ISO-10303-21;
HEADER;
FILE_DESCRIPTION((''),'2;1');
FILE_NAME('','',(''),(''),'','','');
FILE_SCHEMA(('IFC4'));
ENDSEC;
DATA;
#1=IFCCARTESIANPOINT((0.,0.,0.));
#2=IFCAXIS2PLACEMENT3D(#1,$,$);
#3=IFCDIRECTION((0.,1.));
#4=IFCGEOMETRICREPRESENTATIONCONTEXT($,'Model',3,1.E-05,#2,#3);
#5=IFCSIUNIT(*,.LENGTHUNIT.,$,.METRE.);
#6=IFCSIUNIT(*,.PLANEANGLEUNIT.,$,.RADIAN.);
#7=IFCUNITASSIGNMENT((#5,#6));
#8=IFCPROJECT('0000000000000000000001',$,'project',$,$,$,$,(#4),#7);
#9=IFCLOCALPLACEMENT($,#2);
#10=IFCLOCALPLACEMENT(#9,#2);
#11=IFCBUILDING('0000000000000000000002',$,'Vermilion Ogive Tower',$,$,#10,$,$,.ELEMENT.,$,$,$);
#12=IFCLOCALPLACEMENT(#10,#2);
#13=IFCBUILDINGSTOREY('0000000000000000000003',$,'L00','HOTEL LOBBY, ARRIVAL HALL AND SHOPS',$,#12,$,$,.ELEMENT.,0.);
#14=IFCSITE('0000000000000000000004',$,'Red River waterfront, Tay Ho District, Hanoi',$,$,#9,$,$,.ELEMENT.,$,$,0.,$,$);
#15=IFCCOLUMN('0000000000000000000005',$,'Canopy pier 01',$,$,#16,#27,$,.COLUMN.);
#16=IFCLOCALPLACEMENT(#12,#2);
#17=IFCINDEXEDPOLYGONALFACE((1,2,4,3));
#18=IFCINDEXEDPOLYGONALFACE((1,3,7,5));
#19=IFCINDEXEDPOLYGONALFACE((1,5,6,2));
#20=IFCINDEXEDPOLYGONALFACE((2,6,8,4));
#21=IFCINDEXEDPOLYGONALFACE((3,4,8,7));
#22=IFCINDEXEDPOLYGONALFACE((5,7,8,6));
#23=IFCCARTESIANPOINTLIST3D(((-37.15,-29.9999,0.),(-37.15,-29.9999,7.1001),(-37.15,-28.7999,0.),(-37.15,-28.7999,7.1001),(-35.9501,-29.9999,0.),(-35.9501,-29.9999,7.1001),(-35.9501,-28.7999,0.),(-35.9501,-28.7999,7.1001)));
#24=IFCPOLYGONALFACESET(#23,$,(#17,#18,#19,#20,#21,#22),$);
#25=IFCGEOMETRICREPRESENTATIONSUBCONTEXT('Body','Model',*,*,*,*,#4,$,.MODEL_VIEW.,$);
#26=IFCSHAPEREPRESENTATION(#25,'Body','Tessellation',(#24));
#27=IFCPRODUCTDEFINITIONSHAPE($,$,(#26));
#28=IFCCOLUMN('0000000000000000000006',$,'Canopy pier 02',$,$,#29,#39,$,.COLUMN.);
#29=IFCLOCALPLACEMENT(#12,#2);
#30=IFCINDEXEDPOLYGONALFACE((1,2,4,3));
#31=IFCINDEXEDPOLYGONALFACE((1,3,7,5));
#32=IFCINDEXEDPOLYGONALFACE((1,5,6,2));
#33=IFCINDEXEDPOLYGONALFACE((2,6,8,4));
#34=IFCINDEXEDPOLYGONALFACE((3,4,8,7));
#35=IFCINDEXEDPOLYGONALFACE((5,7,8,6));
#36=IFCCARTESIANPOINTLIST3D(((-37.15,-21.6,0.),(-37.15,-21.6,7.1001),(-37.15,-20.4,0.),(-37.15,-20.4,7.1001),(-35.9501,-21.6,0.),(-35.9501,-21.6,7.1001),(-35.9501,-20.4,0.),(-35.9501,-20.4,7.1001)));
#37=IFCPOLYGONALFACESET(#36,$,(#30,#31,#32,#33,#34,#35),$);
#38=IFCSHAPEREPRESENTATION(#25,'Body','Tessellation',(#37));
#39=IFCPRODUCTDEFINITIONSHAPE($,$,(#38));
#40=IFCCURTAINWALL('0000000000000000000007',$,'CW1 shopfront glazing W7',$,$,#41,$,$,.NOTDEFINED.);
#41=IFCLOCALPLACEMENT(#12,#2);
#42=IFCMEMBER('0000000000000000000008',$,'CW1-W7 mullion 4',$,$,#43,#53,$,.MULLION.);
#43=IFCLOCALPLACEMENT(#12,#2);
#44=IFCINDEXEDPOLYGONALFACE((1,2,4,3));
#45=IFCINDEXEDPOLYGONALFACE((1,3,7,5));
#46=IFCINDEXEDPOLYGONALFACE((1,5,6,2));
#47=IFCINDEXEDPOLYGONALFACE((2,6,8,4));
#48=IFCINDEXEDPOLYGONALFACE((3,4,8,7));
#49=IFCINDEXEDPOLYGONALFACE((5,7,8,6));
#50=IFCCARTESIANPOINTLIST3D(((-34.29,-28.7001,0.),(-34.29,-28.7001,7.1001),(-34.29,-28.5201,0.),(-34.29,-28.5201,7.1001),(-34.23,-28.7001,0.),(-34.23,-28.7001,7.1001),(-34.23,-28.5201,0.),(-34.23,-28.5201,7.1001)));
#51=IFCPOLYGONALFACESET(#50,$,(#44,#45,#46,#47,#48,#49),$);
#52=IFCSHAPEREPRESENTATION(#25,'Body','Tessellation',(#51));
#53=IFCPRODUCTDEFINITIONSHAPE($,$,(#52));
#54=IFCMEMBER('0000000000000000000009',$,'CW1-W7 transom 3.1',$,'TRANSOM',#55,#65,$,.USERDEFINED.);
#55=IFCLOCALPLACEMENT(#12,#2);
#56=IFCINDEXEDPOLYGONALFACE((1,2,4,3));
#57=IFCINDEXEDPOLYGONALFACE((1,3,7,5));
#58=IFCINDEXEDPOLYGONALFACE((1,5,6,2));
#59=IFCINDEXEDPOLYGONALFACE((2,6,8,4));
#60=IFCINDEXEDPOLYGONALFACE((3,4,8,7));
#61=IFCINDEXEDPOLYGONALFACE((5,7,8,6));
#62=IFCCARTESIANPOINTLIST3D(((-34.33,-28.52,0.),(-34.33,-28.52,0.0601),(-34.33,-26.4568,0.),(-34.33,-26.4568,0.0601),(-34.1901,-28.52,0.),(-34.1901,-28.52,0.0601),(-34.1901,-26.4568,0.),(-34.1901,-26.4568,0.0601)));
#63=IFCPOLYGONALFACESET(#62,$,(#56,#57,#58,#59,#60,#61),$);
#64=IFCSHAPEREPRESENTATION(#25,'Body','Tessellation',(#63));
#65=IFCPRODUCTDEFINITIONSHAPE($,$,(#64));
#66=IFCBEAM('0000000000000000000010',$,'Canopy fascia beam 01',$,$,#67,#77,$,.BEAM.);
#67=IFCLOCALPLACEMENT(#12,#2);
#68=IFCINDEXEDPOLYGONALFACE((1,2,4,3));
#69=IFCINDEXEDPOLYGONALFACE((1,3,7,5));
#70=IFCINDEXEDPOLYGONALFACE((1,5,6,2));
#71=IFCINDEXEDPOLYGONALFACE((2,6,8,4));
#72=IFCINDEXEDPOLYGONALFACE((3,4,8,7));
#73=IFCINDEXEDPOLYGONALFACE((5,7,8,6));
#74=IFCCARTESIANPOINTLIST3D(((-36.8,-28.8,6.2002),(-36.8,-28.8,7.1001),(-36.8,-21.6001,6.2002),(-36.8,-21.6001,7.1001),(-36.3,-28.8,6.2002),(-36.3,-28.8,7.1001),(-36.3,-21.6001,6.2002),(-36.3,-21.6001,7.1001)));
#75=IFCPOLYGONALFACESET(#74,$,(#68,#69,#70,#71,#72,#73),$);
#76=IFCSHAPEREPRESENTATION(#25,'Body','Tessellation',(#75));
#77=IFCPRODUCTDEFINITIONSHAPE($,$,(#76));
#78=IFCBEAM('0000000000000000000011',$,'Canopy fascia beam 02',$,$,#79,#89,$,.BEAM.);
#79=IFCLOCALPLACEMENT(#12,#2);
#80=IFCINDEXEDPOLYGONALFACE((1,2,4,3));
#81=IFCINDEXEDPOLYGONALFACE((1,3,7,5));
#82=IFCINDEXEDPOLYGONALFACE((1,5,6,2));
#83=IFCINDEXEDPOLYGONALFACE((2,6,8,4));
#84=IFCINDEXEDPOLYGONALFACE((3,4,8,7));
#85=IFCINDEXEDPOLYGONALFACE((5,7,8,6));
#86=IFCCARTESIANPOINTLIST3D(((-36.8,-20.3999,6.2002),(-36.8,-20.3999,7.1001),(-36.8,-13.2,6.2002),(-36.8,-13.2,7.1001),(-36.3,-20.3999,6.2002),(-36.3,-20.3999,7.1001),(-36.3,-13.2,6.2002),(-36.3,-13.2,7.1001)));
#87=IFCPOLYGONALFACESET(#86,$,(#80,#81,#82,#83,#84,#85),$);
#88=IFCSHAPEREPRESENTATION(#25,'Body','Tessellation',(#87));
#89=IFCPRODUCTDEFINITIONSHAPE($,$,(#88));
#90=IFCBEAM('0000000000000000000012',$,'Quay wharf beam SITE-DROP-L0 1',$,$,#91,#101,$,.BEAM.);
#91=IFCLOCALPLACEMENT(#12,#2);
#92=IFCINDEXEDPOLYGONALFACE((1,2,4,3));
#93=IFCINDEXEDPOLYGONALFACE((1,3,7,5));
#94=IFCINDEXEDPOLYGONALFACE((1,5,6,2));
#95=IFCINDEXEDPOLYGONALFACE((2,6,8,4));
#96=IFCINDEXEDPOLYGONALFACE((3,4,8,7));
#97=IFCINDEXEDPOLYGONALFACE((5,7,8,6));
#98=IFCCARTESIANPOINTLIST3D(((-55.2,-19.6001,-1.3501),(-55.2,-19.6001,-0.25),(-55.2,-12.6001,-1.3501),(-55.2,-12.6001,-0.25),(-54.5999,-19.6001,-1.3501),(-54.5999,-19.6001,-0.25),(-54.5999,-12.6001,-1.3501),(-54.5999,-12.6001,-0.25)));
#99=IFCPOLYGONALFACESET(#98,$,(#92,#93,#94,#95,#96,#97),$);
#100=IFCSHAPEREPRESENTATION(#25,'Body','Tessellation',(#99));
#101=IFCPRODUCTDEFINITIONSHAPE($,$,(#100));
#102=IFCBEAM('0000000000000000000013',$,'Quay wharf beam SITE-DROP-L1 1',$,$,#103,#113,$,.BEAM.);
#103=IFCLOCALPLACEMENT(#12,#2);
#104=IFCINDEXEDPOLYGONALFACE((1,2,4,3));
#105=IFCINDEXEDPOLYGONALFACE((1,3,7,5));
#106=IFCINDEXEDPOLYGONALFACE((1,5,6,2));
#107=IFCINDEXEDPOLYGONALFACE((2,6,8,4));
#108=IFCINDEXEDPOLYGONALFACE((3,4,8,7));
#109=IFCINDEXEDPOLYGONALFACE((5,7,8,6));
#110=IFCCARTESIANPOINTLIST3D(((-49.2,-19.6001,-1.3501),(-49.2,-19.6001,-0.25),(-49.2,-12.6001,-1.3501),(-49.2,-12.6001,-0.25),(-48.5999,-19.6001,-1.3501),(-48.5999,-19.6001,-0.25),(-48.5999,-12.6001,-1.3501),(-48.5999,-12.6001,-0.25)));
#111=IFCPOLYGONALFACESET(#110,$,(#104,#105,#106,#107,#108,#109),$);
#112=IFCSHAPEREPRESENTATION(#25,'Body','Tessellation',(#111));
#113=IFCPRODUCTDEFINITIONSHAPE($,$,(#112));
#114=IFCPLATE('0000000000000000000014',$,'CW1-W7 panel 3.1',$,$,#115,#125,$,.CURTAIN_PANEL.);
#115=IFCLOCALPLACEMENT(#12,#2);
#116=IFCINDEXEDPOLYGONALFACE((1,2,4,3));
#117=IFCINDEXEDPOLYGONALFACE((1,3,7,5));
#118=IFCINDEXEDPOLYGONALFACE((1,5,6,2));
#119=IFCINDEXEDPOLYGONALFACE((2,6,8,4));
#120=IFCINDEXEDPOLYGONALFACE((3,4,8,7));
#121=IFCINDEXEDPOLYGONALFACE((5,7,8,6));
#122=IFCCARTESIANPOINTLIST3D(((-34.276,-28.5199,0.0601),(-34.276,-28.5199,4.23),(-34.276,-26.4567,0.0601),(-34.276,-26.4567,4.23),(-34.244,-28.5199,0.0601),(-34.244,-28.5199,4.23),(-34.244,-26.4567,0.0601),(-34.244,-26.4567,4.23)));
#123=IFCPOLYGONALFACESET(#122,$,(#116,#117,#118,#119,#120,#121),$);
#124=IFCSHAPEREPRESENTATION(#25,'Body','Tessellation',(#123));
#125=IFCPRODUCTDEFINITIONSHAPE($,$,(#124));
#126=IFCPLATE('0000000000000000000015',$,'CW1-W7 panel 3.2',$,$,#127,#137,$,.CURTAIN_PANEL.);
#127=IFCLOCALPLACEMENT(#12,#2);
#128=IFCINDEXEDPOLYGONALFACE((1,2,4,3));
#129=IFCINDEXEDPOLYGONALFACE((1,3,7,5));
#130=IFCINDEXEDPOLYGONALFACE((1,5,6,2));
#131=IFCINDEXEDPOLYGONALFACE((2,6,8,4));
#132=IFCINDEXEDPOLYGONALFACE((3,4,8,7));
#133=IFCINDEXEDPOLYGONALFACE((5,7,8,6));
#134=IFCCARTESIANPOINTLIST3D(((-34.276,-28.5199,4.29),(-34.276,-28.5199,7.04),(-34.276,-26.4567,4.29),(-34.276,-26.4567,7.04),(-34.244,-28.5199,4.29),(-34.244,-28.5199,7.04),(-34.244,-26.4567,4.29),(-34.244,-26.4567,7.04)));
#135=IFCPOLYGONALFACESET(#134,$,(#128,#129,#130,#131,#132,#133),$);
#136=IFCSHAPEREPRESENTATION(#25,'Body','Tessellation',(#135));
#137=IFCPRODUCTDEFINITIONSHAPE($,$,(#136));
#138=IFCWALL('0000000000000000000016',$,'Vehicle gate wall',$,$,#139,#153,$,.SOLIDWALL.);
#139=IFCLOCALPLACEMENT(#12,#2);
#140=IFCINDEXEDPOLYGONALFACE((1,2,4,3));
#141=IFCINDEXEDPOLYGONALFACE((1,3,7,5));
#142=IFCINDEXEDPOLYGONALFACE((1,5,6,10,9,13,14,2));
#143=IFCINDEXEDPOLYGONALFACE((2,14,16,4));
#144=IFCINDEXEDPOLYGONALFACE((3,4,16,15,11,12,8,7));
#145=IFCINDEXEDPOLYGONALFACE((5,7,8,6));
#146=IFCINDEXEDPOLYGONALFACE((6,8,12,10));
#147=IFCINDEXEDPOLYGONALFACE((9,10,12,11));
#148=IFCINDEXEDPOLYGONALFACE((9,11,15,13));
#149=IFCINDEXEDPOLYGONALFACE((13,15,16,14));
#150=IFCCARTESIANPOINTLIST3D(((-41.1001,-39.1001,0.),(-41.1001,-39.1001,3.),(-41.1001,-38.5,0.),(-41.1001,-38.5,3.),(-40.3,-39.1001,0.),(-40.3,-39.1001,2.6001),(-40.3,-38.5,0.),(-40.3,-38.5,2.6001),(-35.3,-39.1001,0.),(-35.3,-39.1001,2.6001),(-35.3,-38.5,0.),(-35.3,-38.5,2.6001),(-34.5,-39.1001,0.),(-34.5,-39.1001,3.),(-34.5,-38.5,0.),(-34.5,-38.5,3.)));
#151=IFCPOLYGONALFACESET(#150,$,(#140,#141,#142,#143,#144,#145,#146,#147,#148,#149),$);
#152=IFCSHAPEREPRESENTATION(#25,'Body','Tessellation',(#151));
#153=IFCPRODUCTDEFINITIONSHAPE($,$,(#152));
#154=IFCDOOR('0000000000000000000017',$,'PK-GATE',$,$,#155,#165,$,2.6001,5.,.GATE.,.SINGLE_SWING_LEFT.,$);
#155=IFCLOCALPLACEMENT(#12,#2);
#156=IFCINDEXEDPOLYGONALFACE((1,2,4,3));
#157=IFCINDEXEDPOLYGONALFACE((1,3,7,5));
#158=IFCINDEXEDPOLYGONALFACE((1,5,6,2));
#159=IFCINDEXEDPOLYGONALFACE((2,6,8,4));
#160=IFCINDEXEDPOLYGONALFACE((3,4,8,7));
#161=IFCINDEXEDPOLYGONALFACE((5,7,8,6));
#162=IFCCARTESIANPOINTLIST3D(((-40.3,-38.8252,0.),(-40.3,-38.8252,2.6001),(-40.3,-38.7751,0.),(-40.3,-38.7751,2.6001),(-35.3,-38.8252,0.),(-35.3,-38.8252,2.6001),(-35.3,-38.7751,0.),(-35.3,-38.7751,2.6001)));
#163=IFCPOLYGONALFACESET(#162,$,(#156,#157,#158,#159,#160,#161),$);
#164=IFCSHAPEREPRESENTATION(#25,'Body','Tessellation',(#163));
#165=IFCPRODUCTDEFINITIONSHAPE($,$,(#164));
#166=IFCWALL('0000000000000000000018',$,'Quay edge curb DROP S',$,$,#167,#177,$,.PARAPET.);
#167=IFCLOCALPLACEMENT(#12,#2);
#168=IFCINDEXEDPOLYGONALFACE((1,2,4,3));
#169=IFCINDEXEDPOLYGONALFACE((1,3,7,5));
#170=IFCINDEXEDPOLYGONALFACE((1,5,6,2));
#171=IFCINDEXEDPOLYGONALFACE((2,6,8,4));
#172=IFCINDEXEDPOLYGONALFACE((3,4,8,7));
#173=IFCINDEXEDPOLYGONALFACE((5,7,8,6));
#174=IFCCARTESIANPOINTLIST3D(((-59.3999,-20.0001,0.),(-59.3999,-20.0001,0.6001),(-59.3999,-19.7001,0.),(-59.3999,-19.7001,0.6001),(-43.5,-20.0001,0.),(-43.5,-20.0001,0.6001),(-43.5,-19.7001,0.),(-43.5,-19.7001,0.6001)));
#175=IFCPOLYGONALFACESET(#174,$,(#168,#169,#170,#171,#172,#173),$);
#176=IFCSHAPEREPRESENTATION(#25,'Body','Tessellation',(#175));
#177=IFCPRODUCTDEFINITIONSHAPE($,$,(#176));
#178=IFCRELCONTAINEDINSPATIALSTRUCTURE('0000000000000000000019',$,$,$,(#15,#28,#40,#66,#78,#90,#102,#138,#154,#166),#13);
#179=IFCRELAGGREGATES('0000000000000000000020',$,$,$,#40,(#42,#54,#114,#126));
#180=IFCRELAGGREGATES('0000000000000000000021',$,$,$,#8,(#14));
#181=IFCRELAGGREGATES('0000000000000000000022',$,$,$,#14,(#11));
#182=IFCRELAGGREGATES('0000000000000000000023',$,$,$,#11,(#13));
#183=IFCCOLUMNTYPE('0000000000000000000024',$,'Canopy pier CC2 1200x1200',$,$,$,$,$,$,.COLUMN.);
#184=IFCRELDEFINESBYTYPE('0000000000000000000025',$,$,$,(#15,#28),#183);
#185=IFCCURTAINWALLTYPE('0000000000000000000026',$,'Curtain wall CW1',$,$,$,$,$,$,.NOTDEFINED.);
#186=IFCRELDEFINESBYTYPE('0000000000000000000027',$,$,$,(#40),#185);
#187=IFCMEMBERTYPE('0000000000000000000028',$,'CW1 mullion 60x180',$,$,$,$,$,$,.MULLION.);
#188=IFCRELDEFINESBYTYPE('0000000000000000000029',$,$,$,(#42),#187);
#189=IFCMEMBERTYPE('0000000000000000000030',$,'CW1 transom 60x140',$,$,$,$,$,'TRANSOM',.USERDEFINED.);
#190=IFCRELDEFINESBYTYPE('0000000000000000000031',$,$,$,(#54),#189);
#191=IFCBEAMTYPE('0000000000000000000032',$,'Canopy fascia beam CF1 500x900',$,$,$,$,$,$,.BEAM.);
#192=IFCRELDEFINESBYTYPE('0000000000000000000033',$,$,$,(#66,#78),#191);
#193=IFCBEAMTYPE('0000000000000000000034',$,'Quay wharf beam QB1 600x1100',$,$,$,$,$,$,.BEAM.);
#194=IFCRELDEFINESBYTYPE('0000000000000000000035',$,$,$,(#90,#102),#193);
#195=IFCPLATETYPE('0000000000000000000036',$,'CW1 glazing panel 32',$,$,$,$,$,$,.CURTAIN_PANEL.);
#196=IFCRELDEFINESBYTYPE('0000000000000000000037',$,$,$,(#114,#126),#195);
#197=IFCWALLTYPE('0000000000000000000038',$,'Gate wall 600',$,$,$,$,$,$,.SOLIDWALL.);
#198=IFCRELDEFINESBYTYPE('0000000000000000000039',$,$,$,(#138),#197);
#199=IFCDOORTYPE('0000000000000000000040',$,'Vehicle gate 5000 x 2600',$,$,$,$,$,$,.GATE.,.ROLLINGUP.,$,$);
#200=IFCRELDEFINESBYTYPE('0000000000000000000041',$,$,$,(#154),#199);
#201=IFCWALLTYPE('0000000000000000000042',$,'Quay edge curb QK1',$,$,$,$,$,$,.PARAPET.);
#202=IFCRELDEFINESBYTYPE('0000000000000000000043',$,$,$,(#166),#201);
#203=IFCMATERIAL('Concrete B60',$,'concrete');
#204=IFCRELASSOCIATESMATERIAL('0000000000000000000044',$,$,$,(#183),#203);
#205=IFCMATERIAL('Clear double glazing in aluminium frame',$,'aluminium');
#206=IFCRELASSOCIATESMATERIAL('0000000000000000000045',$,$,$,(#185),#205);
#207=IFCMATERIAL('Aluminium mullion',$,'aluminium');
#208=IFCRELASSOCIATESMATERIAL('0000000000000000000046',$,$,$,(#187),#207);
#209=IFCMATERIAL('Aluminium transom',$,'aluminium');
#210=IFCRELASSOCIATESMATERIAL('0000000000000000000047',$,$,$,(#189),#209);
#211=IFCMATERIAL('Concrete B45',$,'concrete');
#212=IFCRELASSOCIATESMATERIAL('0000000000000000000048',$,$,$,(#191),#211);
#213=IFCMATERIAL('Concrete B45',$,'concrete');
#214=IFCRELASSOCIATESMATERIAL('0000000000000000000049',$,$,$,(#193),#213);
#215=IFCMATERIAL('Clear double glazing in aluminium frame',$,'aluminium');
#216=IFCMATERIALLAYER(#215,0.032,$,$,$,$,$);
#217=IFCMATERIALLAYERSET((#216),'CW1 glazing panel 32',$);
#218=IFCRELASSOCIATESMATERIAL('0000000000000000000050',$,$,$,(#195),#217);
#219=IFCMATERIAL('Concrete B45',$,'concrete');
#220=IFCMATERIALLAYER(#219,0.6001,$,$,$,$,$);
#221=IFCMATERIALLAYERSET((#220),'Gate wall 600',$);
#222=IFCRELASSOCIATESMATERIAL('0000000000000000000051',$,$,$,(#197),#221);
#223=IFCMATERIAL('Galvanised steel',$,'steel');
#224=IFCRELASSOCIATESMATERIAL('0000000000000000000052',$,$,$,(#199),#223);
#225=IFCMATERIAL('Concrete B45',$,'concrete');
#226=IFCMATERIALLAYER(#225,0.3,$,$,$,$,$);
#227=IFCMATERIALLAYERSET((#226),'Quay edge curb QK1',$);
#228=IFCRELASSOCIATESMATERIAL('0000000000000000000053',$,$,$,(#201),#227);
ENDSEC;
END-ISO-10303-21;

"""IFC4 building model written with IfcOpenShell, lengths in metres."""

from ifc_helpers import new_model, si_unit, direction, frame, frame_2d, origin, origin_2d, place, context, subcontext, project, spatial, rectangle, extrude, material, layer, layer_set, material_profile, profile_set, type_object, element, fill, aggregate, save


model = new_model("IFC4")

# Units and contexts
model_context = context("Model", 3, precision=1e-05, world=origin(), true_north=direction((0.0, 1.0)))
body_context = subcontext(model_context, "Body", "Model", "MODEL_VIEW")
ifc_project = project(units=[si_unit("LENGTHUNIT", "METRE"), si_unit("PLANEANGLEUNIT", "RADIAN")], contexts=[model_context])

# Site, building, storey
site_placement = place(None, origin())
site = spatial("IfcSite", under=ifc_project, at=site_placement, Name="Red River waterfront, Tay Ho District, Hanoi", CompositionType="ELEMENT", RefElevation=0.0)
building_placement = place(site_placement, origin())
building = spatial("IfcBuilding", under=site, at=building_placement, Name="Vermilion Ogive Tower", CompositionType="ELEMENT")
storey_placement = place(building_placement, origin())
storey = spatial("IfcBuildingStorey", under=building, at=storey_placement, Name="L00", Description="HOTEL LOBBY, ARRIVAL HALL AND SHOPS", CompositionType="ELEMENT", Elevation=0.0)

# Columns
ifc_material_1 = material(Name="Concrete B60", Category="concrete")
ifc_material_profile_1 = material_profile(ifc_material_1, rectangle(XDim=1.2, YDim=1.2, at=origin_2d()), Name="RC 1200x1200")
ifc_profile_set_1 = profile_set([ifc_material_profile_1], Name="Concrete B60")
column_type = type_object("IfcColumnType", Name="Canopy pier CC2 1200x1200", PredefinedType="COLUMN", material=ifc_profile_set_1)
for number, where, z_axis, x_axis, name in (
    (1, (-36.55, -29.3999, 0.0), (0.0, 0.0, 1.0), (1.0, 0.0, 0.0), "Canopy pier 01"),
    (2, (-36.55, -21.0, 0.0), (0.0, 0.0, 1.0), (1.0, 0.0, 0.0), "Canopy pier 02"),
):
    element("IfcColumn", number, at=place(storey_placement, frame(where, z_axis=z_axis, x_axis=x_axis)), inside=storey, type_object=column_type, Name=name, PredefinedType="COLUMN", context=body_context, shape_type="SweptSolid", body=[
        extrude(rectangle(XDim=1.2, YDim=1.2, at=origin_2d()), origin(), (0.0, 0.0, 1.0), 7.1001),
    ])

# Curtain wall, members
ifc_material_2 = material(Name="Clear double glazing in aluminium frame", Category="aluminium")
curtain_wall_type = type_object("IfcCurtainWallType", Name="Curtain wall CW1", PredefinedType="NOTDEFINED", material=ifc_material_2)
curtain_wall_placement = place(storey_placement, origin())
curtain_wall = element("IfcCurtainWall", 3, at=curtain_wall_placement, inside=storey, type_object=curtain_wall_type, Name="CW1 shopfront glazing W7", PredefinedType="NOTDEFINED")
ifc_material_3 = material(Name="Aluminium mullion", Category="aluminium")
ifc_material_profile_2 = material_profile(ifc_material_3, rectangle(XDim=0.0601, YDim=0.1799, at=origin_2d()), Name="AL 60x180")
ifc_profile_set_2 = profile_set([ifc_material_profile_2], Name="Aluminium mullion")
member_type_1 = type_object("IfcMemberType", Name="CW1 mullion 60x180", PredefinedType="MULLION", material=ifc_profile_set_2)
member_1_placement = place(storey_placement, frame((-34.26, -28.6101, 0.0), z_axis=(0.0, 0.0, 1.0), x_axis=(1.0, 0.0, 0.0)))
member_1 = element("IfcMember", 4, at=member_1_placement, type_object=member_type_1, Name="CW1-W7 mullion 4", PredefinedType="MULLION", context=body_context, shape_type="SweptSolid", body=[
    extrude(rectangle(XDim=0.0601, YDim=0.1799, at=origin_2d()), origin(), (0.0, 0.0, 1.0), 7.1001),
])
ifc_material_4 = material(Name="Aluminium transom", Category="aluminium")
ifc_material_profile_3 = material_profile(ifc_material_4, rectangle(XDim=0.1399, YDim=0.0601, at=origin_2d()), Name="AL 60x140")
ifc_profile_set_3 = profile_set([ifc_material_profile_3], Name="Aluminium transom")
member_type_2 = type_object("IfcMemberType", Name="CW1 transom 60x140", ElementType="TRANSOM", PredefinedType="USERDEFINED", material=ifc_profile_set_3)
member_2_placement = place(storey_placement, frame((-34.26, -26.4568, 0.03), z_axis=(0.0, -1.0, 0.0), x_axis=(1.0, 0.0, 0.0)))
member_2 = element("IfcMember", 5, at=member_2_placement, type_object=member_type_2, Name="CW1-W7 transom 3.1", ObjectType="TRANSOM", PredefinedType="USERDEFINED", context=body_context, shape_type="SweptSolid", body=[
    extrude(rectangle(XDim=0.1399, YDim=0.0601, at=origin_2d()), origin(), (0.0, 0.0, 1.0), 2.0632),
])

# Beams
ifc_material_5 = material(Name="Concrete B45", Category="concrete")
ifc_material_profile_4 = material_profile(ifc_material_5, rectangle(XDim=0.5, YDim=0.8999, at=origin_2d()), Name="RC 500x900")
ifc_profile_set_4 = profile_set([ifc_material_profile_4], Name="Concrete B45")
beam_type_1 = type_object("IfcBeamType", Name="Canopy fascia beam CF1 500x900", PredefinedType="BEAM", material=ifc_profile_set_4)
for number, where, z_axis, x_axis, name in (
    (6, (-36.55, -28.8, 6.6501), (0.0, 1.0, 0.0), (-1.0, 0.0, 0.0), "Canopy fascia beam 01"),
    (7, (-36.55, -20.3999, 6.6501), (0.0, 1.0, 0.0), (-1.0, 0.0, 0.0), "Canopy fascia beam 02"),
):
    element("IfcBeam", number, at=place(storey_placement, frame(where, z_axis=z_axis, x_axis=x_axis)), inside=storey, type_object=beam_type_1, Name=name, PredefinedType="BEAM", context=body_context, shape_type="SweptSolid", body=[
        extrude(rectangle(XDim=0.5, YDim=0.8999, at=origin_2d()), origin(), (0.0, 0.0, 1.0), 7.2),
    ])
ifc_material_6 = material(Name="Concrete B45", Category="concrete")
ifc_material_profile_5 = material_profile(ifc_material_6, rectangle(XDim=0.6001, YDim=1.1001, at=origin_2d()), Name="RC 600x1100")
ifc_profile_set_5 = profile_set([ifc_material_profile_5], Name="Concrete B45")
beam_type_2 = type_object("IfcBeamType", Name="Quay wharf beam QB1 600x1100", PredefinedType="BEAM", material=ifc_profile_set_5)
for number, where, z_axis, x_axis, name in (
    (8, (-54.8999, -19.6001, -0.8), (0.0, 1.0, 0.0), (-1.0, 0.0, 0.0), "Quay wharf beam SITE-DROP-L0 1"),
    (9, (-48.8999, -19.6001, -0.8), (0.0, 1.0, 0.0), (-1.0, 0.0, 0.0), "Quay wharf beam SITE-DROP-L1 1"),
):
    element("IfcBeam", number, at=place(storey_placement, frame(where, z_axis=z_axis, x_axis=x_axis)), inside=storey, type_object=beam_type_2, Name=name, PredefinedType="BEAM", context=body_context, shape_type="SweptSolid", body=[
        extrude(rectangle(XDim=0.6001, YDim=1.1001, at=origin_2d()), origin(), (0.0, 0.0, 1.0), 7.0),
    ])

# Plates
ifc_material_7 = material(Name="Clear double glazing in aluminium frame", Category="aluminium")
ifc_layer_1 = layer(ifc_material_7, 0.032)
ifc_layer_set_1 = layer_set([ifc_layer_1], Name="CW1 glazing panel 32")
plate_type = type_object("IfcPlateType", Name="CW1 glazing panel 32", PredefinedType="CURTAIN_PANEL", material=ifc_layer_set_1)
plate_1_placement = place(storey_placement, frame((-34.26, -27.4883, 0.0601), z_axis=(0.0, 0.0, 1.0), x_axis=(0.0, -1.0, 0.0)))
plate_1 = element("IfcPlate", 10, at=plate_1_placement, type_object=plate_type, Name="CW1-W7 panel 3.1", PredefinedType="CURTAIN_PANEL", context=body_context, shape_type="SweptSolid", body=[
    extrude(rectangle(XDim=2.0632, YDim=0.032, at=origin_2d()), origin(), (0.0, 0.0, 1.0), 4.1699),
])
plate_2_placement = place(storey_placement, frame((-34.26, -27.4883, 4.29), z_axis=(0.0, 0.0, 1.0), x_axis=(0.0, -1.0, 0.0)))
plate_2 = element("IfcPlate", 11, at=plate_2_placement, type_object=plate_type, Name="CW1-W7 panel 3.2", PredefinedType="CURTAIN_PANEL", context=body_context, shape_type="SweptSolid", body=[
    extrude(rectangle(XDim=2.0632, YDim=0.032, at=origin_2d()), origin(), (0.0, 0.0, 1.0), 2.75),
])
aggregate(curtain_wall, [member_1, member_2, plate_1, plate_2])

# Wall, opening, door
ifc_material_8 = material(Name="Concrete B45", Category="concrete")
ifc_layer_2 = layer(ifc_material_8, 0.6001)
ifc_layer_set_2 = layer_set([ifc_layer_2], Name="Gate wall 600")
wall_type_1 = type_object("IfcWallType", Name="Gate wall 600", PredefinedType="SOLIDWALL", material=ifc_layer_set_2)
wall_1_placement = place(storey_placement, frame((-41.1001, -38.8, 0.0), z_axis=(0.0, 0.0, 1.0), x_axis=(1.0, 0.0, 0.0)))
wall_1 = element("IfcWall", 12, at=wall_1_placement, inside=storey, type_object=wall_type_1, Name="Vehicle gate wall", PredefinedType="SOLIDWALL", context=body_context, shape_type="SweptSolid", body=[
    extrude(rectangle(XDim=6.6001, YDim=0.6001, at=frame_2d((3.3, 0.0))), origin(), (0.0, 0.0, 1.0), 3.0),
])
opening_placement = place(wall_1_placement, frame((0.8, 0.0, 0.0)))
opening = element("IfcOpeningElement", 13, at=opening_placement, cuts=wall_1, PredefinedType="OPENING", context=body_context, shape_type="SweptSolid", body=[
    extrude(rectangle(XDim=5.0, YDim=2.6001, at=frame_2d((2.5, 1.3))), frame((0.0, 0.3101, 0.0), z_axis=(0.0, -1.0, 0.0), x_axis=(1.0, 0.0, 0.0)), (0.0, 0.0, 1.0), 0.6201),
])
ifc_material_9 = material(Name="Galvanised steel", Category="steel")
door_type = type_object("IfcDoorType", Name="Vehicle gate 5000 x 2600", OperationType="ROLLINGUP", PredefinedType="GATE", material=ifc_material_9)
door_placement = place(opening_placement, origin())
door = element("IfcDoor", 14, at=door_placement, inside=storey, type_object=door_type, Name="PK-GATE", OperationType="SINGLE_SWING_LEFT", OverallHeight=2.6001, OverallWidth=5.0, PredefinedType="GATE", context=body_context, shape_type="SweptSolid", body=[
    extrude(rectangle(XDim=5.0, YDim=2.6001, at=frame_2d((2.5, 1.3))), frame((0.0, 0.0249, 0.0), z_axis=(0.0, -1.0, 0.0), x_axis=(1.0, 0.0, 0.0)), (0.0, 0.0, 1.0), 0.05),
])
fill(opening, door)

# Wall
ifc_material_10 = material(Name="Concrete B45", Category="concrete")
ifc_layer_3 = layer(ifc_material_10, 0.3)
ifc_layer_set_3 = layer_set([ifc_layer_3], Name="Quay edge curb QK1")
wall_type_2 = type_object("IfcWallType", Name="Quay edge curb QK1", PredefinedType="PARAPET", material=ifc_layer_set_3)
wall_2_placement = place(storey_placement, frame((-59.3999, -19.8501, 0.0), z_axis=(0.0, 0.0, 1.0), x_axis=(1.0, 0.0, 0.0)))
element("IfcWall", 15, at=wall_2_placement, inside=storey, type_object=wall_type_2, Name="Quay edge curb DROP S", PredefinedType="PARAPET", context=body_context, shape_type="SweptSolid", body=[
    extrude(rectangle(XDim=15.8999, YDim=0.3, at=frame_2d((7.95, 0.0))), origin(), (0.0, 0.0, 1.0), 0.6001),
])

save(model, "model.ifc")
